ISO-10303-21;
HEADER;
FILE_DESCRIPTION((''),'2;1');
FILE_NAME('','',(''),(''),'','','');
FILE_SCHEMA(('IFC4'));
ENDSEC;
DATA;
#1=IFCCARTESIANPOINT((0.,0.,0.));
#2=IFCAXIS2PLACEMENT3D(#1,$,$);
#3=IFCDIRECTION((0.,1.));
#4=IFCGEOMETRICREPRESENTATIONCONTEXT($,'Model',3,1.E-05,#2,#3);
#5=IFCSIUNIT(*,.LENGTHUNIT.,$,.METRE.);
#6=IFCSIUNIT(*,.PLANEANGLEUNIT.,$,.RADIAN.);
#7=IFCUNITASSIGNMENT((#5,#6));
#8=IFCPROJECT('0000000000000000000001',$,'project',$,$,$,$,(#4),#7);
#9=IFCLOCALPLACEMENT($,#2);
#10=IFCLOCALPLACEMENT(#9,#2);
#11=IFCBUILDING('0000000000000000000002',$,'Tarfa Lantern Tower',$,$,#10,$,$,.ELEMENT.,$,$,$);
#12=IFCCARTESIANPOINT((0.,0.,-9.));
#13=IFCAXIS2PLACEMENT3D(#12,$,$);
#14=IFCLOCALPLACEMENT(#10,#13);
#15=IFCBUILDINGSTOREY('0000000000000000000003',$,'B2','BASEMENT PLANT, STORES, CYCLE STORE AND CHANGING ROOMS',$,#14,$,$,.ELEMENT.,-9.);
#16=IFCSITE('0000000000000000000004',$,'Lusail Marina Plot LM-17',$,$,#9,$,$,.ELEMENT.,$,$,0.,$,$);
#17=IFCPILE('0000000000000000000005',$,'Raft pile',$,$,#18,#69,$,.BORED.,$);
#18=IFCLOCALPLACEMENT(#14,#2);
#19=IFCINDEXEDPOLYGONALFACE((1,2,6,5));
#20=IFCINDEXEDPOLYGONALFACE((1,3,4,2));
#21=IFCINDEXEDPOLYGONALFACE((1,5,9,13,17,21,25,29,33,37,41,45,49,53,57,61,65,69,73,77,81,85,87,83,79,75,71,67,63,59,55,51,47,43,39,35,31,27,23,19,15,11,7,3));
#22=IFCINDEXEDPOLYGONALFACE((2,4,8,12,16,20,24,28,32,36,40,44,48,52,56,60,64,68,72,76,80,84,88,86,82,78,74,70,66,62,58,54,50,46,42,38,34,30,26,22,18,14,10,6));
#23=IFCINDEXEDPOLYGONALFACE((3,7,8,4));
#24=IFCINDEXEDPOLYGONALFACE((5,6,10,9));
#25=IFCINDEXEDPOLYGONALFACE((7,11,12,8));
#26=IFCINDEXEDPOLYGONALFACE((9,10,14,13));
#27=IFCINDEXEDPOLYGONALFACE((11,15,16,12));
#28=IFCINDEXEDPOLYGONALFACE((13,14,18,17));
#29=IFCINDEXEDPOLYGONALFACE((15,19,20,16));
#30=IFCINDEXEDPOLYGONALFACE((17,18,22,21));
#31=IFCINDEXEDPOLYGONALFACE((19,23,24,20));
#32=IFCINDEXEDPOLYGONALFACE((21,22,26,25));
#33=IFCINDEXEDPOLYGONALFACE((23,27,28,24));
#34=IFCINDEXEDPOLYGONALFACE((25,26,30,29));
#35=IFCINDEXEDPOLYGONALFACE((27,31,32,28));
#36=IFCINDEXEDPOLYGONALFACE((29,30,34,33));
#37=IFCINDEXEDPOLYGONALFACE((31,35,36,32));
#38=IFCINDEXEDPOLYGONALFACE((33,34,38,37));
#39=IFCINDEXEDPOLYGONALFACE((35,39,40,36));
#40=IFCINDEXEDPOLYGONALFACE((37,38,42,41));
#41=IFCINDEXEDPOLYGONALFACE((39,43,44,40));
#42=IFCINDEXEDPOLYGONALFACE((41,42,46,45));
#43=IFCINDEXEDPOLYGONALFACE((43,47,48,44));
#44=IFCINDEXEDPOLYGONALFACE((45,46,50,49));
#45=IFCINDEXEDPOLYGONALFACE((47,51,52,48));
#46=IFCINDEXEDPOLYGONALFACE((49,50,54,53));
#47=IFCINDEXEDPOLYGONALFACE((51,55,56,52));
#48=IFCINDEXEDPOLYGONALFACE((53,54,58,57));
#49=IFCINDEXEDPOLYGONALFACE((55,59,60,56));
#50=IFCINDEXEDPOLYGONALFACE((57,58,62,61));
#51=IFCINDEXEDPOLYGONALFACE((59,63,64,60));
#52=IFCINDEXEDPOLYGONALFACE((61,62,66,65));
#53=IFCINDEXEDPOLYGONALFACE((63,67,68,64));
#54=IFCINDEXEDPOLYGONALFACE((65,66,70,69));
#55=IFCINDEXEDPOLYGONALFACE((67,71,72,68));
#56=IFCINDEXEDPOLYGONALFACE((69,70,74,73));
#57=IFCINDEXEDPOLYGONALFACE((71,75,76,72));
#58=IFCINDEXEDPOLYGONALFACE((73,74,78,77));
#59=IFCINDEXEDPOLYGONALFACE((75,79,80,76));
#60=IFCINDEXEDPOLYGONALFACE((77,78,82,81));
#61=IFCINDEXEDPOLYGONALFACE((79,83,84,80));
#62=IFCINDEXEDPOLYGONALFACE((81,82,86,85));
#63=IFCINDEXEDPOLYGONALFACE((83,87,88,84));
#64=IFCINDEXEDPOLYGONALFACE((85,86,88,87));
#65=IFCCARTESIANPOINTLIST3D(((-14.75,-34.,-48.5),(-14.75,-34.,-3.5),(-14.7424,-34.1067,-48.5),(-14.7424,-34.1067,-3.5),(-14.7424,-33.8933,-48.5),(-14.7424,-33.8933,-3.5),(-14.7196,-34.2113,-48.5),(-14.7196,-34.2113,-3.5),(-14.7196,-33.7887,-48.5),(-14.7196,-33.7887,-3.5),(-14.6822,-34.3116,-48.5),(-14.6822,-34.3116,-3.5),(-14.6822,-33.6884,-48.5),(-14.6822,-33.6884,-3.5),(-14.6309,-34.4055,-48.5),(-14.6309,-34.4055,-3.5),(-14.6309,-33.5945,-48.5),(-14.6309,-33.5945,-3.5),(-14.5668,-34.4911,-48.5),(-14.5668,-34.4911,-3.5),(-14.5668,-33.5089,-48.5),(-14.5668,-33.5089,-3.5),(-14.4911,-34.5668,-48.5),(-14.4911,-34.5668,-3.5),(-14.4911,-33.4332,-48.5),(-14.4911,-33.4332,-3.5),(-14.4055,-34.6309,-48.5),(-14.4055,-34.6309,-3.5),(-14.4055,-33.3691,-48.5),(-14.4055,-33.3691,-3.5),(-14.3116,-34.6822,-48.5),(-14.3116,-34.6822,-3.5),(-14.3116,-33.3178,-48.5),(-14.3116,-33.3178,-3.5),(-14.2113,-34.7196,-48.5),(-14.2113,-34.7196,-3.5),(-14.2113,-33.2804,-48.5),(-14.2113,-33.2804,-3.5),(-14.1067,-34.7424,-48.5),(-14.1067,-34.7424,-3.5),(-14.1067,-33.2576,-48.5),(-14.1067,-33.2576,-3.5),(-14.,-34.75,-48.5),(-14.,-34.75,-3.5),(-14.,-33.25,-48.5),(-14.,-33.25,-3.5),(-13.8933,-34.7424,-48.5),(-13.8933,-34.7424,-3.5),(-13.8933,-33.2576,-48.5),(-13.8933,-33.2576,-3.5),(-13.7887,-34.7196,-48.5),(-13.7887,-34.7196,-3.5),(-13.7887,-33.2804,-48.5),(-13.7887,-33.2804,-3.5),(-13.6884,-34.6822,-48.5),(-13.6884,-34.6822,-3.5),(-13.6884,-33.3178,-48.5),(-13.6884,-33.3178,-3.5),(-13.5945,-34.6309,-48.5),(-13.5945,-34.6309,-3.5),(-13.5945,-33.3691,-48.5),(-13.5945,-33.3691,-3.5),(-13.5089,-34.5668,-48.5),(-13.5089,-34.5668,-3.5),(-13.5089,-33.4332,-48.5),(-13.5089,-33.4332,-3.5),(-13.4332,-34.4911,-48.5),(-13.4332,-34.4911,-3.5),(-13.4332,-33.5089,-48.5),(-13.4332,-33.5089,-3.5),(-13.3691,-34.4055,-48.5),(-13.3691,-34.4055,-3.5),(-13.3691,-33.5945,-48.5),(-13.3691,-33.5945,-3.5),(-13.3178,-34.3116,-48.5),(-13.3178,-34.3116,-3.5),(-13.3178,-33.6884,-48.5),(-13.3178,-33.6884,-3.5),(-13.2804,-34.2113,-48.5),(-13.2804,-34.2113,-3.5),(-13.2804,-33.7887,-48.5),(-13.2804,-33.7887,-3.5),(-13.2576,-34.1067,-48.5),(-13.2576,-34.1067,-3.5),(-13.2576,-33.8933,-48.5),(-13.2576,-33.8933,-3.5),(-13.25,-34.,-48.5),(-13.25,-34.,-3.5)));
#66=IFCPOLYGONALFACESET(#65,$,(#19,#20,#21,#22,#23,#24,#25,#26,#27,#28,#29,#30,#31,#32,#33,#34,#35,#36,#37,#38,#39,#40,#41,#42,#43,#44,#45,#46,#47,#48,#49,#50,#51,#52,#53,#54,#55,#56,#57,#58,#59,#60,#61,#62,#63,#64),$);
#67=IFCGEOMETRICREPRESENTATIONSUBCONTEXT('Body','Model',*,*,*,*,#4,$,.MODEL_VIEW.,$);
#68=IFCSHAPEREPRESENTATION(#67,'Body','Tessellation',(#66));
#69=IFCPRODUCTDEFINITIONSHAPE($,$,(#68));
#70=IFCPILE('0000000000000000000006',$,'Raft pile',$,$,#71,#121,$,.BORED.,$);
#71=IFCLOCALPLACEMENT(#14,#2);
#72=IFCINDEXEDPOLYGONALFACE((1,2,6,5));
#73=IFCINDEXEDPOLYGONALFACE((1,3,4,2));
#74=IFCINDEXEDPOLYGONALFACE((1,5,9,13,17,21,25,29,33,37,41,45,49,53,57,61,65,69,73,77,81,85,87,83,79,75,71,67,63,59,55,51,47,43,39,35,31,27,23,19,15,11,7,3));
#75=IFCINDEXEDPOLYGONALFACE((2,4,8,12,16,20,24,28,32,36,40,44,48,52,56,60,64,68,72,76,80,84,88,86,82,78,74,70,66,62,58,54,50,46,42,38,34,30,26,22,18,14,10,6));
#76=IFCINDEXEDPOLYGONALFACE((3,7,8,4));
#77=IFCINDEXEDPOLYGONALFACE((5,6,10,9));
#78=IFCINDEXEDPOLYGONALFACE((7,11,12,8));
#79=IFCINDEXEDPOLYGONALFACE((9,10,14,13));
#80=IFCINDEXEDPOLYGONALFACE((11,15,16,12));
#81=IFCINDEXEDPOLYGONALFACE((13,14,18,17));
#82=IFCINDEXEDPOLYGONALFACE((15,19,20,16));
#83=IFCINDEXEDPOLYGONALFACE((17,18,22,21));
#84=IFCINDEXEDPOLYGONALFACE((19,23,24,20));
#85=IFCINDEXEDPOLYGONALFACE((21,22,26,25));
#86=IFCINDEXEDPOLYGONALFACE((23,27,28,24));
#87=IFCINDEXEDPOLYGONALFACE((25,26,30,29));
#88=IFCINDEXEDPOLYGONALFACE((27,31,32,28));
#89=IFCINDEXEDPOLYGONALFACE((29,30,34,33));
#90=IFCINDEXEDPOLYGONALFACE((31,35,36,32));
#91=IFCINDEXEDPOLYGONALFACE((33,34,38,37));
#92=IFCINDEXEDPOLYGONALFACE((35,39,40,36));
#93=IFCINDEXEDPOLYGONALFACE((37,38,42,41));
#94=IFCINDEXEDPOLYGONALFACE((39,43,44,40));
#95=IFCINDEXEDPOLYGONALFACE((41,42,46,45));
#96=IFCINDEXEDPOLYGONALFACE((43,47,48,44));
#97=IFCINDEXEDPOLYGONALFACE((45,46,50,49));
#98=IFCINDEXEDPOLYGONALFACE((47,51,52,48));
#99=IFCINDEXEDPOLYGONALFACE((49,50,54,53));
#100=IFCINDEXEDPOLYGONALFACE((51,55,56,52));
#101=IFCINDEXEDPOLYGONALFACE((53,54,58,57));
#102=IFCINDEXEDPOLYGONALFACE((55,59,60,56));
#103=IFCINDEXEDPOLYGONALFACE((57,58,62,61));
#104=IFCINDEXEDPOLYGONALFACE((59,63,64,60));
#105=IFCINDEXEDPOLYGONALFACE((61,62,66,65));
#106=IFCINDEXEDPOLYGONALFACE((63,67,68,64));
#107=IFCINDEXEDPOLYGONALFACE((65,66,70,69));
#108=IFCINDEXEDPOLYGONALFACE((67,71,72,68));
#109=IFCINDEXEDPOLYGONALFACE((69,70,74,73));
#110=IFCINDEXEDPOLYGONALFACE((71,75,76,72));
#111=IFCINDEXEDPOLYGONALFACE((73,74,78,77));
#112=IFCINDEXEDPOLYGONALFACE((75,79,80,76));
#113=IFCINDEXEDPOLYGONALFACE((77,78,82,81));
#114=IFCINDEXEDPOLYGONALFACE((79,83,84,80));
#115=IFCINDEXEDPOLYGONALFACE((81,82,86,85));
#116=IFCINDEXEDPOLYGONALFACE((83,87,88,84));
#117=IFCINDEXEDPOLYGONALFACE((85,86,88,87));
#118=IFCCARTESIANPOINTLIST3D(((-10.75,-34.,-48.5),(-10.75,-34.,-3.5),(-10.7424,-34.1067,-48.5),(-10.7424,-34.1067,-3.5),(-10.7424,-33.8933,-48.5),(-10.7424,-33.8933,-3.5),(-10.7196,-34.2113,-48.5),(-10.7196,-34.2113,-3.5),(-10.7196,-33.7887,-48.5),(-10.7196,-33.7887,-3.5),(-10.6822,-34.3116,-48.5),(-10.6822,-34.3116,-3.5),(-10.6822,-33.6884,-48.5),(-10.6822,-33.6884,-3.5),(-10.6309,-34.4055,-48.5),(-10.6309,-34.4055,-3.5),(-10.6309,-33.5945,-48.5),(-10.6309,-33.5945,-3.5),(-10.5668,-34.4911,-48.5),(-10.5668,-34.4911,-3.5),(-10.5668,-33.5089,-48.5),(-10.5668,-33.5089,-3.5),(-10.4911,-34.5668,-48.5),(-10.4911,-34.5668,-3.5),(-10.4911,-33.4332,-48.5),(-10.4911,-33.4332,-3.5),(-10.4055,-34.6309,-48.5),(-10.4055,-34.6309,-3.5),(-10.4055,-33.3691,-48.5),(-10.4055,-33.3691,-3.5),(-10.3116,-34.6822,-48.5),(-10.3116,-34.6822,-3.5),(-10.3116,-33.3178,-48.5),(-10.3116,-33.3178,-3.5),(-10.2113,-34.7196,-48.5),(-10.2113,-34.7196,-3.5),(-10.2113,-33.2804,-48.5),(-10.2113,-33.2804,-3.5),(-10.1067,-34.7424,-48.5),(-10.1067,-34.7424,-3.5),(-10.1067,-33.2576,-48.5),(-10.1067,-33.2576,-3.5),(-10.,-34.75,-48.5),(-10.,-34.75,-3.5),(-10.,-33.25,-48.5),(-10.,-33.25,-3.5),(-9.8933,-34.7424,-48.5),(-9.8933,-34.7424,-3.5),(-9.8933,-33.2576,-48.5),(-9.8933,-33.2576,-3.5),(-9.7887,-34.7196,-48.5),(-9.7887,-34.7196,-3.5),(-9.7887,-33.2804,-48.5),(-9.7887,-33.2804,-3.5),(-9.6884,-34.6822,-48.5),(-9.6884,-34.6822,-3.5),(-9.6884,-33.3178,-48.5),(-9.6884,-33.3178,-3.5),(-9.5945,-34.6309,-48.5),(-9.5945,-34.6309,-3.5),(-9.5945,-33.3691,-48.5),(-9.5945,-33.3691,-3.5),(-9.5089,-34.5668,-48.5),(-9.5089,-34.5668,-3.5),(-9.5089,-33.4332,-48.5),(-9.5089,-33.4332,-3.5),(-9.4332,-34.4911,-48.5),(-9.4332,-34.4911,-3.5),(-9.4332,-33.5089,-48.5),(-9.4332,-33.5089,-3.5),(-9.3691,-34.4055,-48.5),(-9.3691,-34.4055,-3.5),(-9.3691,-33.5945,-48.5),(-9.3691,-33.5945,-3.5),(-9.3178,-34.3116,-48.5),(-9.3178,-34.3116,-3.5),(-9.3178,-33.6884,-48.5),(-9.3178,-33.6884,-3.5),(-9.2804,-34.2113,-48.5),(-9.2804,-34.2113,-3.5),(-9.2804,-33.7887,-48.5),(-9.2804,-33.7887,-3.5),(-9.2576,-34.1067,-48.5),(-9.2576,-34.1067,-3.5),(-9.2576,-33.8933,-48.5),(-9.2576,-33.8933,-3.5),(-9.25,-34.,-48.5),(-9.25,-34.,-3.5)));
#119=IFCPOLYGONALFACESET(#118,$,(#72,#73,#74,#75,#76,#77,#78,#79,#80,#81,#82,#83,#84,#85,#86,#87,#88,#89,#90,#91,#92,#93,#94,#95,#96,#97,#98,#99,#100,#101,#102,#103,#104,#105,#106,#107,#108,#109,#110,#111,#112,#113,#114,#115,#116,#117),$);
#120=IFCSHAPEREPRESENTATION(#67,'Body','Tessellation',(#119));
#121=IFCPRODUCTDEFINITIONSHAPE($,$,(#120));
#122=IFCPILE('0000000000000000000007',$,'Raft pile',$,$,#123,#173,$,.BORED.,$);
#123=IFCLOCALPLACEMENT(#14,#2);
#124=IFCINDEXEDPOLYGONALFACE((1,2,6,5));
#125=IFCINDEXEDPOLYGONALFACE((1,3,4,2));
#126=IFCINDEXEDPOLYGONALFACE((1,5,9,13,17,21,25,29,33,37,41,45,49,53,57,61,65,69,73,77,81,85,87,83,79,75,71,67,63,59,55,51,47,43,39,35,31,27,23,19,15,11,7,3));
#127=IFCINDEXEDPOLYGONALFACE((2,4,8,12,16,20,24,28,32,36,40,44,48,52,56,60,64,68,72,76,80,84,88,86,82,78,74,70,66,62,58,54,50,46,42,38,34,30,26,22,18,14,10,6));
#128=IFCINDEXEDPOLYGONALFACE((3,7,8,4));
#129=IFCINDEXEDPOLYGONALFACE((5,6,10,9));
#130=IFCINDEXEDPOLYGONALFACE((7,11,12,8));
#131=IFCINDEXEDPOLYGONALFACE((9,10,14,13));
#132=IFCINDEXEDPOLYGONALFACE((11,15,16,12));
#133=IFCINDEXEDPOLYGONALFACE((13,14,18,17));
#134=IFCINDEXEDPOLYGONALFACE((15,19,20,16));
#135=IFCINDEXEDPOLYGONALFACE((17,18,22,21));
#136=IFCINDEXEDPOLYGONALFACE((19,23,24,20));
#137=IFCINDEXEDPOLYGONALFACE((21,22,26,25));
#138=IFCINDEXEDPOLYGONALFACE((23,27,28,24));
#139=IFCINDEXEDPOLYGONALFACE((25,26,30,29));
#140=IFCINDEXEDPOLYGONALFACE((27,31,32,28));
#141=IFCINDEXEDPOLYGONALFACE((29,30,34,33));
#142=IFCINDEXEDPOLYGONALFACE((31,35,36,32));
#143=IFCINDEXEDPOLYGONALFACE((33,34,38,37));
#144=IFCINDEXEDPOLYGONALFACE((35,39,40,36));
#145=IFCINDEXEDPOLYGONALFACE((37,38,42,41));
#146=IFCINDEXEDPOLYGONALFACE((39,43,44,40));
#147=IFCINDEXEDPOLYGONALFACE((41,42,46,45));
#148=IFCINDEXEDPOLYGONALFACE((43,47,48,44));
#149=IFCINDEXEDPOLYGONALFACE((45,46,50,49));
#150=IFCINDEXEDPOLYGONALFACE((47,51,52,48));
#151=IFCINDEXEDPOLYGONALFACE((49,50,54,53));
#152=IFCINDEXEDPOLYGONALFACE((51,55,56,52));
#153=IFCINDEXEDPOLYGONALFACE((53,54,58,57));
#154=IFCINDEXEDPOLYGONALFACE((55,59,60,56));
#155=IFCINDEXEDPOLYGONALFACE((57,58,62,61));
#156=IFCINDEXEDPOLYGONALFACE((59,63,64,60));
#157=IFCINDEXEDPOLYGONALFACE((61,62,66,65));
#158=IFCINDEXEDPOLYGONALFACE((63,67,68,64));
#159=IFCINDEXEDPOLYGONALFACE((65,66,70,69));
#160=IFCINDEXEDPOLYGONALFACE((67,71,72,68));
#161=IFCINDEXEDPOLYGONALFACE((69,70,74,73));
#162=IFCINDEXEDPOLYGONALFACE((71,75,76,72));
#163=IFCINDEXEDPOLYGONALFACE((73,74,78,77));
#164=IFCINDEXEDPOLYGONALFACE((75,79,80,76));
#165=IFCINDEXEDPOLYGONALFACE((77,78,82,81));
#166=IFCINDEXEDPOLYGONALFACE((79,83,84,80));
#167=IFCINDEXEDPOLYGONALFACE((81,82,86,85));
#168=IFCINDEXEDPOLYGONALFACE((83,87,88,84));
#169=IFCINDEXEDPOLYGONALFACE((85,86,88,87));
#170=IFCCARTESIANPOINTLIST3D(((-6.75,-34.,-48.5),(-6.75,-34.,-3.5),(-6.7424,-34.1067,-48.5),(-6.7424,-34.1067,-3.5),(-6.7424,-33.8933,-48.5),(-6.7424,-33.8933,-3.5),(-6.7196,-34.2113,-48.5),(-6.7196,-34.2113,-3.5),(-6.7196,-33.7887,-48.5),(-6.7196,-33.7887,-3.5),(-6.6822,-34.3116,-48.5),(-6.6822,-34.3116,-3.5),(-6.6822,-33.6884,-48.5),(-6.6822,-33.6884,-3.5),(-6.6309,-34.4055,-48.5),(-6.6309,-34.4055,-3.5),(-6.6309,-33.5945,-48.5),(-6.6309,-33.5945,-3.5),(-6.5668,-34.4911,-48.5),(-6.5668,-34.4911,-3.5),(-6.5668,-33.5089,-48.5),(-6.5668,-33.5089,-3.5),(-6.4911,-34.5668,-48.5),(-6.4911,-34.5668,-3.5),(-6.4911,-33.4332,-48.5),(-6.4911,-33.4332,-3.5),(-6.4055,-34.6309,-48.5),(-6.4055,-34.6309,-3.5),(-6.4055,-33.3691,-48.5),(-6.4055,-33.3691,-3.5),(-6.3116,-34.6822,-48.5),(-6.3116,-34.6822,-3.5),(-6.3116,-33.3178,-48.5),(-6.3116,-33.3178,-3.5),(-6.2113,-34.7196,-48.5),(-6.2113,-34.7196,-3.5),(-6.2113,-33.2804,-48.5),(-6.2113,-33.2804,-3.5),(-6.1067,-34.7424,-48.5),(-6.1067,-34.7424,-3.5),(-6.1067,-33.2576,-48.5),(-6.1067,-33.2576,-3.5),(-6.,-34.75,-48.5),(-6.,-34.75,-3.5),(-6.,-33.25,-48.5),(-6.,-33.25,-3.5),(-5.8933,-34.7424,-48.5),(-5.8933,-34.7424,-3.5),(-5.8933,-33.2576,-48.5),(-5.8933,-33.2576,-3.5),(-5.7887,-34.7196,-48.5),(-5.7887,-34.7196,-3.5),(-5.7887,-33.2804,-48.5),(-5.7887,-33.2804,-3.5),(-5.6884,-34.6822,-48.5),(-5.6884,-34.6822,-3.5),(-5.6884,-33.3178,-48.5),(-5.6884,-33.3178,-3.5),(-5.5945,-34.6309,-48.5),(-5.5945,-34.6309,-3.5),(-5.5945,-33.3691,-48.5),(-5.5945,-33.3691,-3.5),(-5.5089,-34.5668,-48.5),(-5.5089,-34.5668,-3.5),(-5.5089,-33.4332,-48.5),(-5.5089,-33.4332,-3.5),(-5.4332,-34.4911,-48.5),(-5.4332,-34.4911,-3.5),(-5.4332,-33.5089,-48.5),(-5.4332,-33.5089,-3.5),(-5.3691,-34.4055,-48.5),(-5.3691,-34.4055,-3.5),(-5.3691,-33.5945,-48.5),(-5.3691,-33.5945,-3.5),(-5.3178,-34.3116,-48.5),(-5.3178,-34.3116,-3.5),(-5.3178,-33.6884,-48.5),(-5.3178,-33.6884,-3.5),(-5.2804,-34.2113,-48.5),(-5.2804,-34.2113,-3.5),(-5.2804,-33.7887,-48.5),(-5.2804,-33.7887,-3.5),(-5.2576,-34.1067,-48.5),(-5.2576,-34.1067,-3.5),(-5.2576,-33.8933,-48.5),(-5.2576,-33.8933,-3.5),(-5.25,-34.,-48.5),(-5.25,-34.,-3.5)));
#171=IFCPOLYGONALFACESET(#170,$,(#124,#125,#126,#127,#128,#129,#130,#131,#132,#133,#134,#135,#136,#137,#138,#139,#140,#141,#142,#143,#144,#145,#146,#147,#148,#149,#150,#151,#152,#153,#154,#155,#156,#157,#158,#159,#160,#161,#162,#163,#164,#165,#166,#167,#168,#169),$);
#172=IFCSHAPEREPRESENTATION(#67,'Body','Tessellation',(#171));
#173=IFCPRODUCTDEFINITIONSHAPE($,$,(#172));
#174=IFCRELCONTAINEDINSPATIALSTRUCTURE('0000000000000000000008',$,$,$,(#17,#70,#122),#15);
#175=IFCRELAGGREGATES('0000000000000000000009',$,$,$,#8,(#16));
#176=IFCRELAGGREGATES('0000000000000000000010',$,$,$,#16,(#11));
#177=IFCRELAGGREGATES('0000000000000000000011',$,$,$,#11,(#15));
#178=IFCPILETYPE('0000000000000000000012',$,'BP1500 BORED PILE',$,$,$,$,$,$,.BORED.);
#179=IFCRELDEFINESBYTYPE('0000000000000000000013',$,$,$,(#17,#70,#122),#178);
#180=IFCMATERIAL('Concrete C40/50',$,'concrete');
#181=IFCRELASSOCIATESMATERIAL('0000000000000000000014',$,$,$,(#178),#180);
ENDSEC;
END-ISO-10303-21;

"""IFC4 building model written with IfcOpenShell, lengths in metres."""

from ifc_helpers import new_model, si_unit, direction, frame, origin, origin_2d, place, context, subcontext, project, spatial, circle, extrude, material, material_profile, profile_set, type_object, element, save


model = new_model("IFC4")

# Units and contexts
model_context = context("Model", 3, precision=1e-05, world=origin(), true_north=direction((0.0, 1.0)))
body_context = subcontext(model_context, "Body", "Model", "MODEL_VIEW")
ifc_project = project(units=[si_unit("LENGTHUNIT", "METRE"), si_unit("PLANEANGLEUNIT", "RADIAN")], contexts=[model_context])

# Site, building, storey
site_placement = place(None, origin())
site = spatial("IfcSite", under=ifc_project, at=site_placement, Name="Lusail Marina Plot LM-17", CompositionType="ELEMENT", RefElevation=0.0)
building_placement = place(site_placement, origin())
building = spatial("IfcBuilding", under=site, at=building_placement, Name="Tarfa Lantern Tower", CompositionType="ELEMENT")
storey_placement = place(building_placement, frame((0.0, 0.0, -9.0)))
storey = spatial("IfcBuildingStorey", under=building, at=storey_placement, Name="B2", Description="BASEMENT PLANT, STORES, CYCLE STORE AND CHANGING ROOMS", CompositionType="ELEMENT", Elevation=-9.0)

# Piles
ifc_material_1 = material(Name="Concrete C40/50", Category="concrete")
ifc_material_profile_1 = material_profile(ifc_material_1, circle(Radius=0.75, at=origin_2d()), Name="BORED PILE D1500")
ifc_profile_set_1 = profile_set([ifc_material_profile_1], Name="Concrete C40/50")
pile_type_1 = type_object("IfcPileType", Name="BP1500 BORED PILE", PredefinedType="BORED", material=ifc_profile_set_1)
for number, where, z_axis, x_axis, name in (
    (1, (-14.0, -34.0, -3.5), (0.0, 0.0, -1.0), (1.0, 0.0, 0.0), "Raft pile"),
    (2, (-10.0, -34.0, -3.5), (0.0, 0.0, -1.0), (1.0, 0.0, 0.0), "Raft pile"),
    (3, (-6.0, -34.0, -3.5), (0.0, 0.0, -1.0), (1.0, 0.0, 0.0), "Raft pile"),
):
    element("IfcPile", number, at=place(storey_placement, frame(where, z_axis=z_axis, x_axis=x_axis)), inside=storey, type_object=pile_type_1, Name=name, PredefinedType="BORED", context=body_context, shape_type="SweptSolid", body=[
        extrude(circle(Radius=0.75, at=origin_2d()), origin(), (0.0, 0.0, 1.0), 45.0),
    ])

save(model, "model.ifc")
